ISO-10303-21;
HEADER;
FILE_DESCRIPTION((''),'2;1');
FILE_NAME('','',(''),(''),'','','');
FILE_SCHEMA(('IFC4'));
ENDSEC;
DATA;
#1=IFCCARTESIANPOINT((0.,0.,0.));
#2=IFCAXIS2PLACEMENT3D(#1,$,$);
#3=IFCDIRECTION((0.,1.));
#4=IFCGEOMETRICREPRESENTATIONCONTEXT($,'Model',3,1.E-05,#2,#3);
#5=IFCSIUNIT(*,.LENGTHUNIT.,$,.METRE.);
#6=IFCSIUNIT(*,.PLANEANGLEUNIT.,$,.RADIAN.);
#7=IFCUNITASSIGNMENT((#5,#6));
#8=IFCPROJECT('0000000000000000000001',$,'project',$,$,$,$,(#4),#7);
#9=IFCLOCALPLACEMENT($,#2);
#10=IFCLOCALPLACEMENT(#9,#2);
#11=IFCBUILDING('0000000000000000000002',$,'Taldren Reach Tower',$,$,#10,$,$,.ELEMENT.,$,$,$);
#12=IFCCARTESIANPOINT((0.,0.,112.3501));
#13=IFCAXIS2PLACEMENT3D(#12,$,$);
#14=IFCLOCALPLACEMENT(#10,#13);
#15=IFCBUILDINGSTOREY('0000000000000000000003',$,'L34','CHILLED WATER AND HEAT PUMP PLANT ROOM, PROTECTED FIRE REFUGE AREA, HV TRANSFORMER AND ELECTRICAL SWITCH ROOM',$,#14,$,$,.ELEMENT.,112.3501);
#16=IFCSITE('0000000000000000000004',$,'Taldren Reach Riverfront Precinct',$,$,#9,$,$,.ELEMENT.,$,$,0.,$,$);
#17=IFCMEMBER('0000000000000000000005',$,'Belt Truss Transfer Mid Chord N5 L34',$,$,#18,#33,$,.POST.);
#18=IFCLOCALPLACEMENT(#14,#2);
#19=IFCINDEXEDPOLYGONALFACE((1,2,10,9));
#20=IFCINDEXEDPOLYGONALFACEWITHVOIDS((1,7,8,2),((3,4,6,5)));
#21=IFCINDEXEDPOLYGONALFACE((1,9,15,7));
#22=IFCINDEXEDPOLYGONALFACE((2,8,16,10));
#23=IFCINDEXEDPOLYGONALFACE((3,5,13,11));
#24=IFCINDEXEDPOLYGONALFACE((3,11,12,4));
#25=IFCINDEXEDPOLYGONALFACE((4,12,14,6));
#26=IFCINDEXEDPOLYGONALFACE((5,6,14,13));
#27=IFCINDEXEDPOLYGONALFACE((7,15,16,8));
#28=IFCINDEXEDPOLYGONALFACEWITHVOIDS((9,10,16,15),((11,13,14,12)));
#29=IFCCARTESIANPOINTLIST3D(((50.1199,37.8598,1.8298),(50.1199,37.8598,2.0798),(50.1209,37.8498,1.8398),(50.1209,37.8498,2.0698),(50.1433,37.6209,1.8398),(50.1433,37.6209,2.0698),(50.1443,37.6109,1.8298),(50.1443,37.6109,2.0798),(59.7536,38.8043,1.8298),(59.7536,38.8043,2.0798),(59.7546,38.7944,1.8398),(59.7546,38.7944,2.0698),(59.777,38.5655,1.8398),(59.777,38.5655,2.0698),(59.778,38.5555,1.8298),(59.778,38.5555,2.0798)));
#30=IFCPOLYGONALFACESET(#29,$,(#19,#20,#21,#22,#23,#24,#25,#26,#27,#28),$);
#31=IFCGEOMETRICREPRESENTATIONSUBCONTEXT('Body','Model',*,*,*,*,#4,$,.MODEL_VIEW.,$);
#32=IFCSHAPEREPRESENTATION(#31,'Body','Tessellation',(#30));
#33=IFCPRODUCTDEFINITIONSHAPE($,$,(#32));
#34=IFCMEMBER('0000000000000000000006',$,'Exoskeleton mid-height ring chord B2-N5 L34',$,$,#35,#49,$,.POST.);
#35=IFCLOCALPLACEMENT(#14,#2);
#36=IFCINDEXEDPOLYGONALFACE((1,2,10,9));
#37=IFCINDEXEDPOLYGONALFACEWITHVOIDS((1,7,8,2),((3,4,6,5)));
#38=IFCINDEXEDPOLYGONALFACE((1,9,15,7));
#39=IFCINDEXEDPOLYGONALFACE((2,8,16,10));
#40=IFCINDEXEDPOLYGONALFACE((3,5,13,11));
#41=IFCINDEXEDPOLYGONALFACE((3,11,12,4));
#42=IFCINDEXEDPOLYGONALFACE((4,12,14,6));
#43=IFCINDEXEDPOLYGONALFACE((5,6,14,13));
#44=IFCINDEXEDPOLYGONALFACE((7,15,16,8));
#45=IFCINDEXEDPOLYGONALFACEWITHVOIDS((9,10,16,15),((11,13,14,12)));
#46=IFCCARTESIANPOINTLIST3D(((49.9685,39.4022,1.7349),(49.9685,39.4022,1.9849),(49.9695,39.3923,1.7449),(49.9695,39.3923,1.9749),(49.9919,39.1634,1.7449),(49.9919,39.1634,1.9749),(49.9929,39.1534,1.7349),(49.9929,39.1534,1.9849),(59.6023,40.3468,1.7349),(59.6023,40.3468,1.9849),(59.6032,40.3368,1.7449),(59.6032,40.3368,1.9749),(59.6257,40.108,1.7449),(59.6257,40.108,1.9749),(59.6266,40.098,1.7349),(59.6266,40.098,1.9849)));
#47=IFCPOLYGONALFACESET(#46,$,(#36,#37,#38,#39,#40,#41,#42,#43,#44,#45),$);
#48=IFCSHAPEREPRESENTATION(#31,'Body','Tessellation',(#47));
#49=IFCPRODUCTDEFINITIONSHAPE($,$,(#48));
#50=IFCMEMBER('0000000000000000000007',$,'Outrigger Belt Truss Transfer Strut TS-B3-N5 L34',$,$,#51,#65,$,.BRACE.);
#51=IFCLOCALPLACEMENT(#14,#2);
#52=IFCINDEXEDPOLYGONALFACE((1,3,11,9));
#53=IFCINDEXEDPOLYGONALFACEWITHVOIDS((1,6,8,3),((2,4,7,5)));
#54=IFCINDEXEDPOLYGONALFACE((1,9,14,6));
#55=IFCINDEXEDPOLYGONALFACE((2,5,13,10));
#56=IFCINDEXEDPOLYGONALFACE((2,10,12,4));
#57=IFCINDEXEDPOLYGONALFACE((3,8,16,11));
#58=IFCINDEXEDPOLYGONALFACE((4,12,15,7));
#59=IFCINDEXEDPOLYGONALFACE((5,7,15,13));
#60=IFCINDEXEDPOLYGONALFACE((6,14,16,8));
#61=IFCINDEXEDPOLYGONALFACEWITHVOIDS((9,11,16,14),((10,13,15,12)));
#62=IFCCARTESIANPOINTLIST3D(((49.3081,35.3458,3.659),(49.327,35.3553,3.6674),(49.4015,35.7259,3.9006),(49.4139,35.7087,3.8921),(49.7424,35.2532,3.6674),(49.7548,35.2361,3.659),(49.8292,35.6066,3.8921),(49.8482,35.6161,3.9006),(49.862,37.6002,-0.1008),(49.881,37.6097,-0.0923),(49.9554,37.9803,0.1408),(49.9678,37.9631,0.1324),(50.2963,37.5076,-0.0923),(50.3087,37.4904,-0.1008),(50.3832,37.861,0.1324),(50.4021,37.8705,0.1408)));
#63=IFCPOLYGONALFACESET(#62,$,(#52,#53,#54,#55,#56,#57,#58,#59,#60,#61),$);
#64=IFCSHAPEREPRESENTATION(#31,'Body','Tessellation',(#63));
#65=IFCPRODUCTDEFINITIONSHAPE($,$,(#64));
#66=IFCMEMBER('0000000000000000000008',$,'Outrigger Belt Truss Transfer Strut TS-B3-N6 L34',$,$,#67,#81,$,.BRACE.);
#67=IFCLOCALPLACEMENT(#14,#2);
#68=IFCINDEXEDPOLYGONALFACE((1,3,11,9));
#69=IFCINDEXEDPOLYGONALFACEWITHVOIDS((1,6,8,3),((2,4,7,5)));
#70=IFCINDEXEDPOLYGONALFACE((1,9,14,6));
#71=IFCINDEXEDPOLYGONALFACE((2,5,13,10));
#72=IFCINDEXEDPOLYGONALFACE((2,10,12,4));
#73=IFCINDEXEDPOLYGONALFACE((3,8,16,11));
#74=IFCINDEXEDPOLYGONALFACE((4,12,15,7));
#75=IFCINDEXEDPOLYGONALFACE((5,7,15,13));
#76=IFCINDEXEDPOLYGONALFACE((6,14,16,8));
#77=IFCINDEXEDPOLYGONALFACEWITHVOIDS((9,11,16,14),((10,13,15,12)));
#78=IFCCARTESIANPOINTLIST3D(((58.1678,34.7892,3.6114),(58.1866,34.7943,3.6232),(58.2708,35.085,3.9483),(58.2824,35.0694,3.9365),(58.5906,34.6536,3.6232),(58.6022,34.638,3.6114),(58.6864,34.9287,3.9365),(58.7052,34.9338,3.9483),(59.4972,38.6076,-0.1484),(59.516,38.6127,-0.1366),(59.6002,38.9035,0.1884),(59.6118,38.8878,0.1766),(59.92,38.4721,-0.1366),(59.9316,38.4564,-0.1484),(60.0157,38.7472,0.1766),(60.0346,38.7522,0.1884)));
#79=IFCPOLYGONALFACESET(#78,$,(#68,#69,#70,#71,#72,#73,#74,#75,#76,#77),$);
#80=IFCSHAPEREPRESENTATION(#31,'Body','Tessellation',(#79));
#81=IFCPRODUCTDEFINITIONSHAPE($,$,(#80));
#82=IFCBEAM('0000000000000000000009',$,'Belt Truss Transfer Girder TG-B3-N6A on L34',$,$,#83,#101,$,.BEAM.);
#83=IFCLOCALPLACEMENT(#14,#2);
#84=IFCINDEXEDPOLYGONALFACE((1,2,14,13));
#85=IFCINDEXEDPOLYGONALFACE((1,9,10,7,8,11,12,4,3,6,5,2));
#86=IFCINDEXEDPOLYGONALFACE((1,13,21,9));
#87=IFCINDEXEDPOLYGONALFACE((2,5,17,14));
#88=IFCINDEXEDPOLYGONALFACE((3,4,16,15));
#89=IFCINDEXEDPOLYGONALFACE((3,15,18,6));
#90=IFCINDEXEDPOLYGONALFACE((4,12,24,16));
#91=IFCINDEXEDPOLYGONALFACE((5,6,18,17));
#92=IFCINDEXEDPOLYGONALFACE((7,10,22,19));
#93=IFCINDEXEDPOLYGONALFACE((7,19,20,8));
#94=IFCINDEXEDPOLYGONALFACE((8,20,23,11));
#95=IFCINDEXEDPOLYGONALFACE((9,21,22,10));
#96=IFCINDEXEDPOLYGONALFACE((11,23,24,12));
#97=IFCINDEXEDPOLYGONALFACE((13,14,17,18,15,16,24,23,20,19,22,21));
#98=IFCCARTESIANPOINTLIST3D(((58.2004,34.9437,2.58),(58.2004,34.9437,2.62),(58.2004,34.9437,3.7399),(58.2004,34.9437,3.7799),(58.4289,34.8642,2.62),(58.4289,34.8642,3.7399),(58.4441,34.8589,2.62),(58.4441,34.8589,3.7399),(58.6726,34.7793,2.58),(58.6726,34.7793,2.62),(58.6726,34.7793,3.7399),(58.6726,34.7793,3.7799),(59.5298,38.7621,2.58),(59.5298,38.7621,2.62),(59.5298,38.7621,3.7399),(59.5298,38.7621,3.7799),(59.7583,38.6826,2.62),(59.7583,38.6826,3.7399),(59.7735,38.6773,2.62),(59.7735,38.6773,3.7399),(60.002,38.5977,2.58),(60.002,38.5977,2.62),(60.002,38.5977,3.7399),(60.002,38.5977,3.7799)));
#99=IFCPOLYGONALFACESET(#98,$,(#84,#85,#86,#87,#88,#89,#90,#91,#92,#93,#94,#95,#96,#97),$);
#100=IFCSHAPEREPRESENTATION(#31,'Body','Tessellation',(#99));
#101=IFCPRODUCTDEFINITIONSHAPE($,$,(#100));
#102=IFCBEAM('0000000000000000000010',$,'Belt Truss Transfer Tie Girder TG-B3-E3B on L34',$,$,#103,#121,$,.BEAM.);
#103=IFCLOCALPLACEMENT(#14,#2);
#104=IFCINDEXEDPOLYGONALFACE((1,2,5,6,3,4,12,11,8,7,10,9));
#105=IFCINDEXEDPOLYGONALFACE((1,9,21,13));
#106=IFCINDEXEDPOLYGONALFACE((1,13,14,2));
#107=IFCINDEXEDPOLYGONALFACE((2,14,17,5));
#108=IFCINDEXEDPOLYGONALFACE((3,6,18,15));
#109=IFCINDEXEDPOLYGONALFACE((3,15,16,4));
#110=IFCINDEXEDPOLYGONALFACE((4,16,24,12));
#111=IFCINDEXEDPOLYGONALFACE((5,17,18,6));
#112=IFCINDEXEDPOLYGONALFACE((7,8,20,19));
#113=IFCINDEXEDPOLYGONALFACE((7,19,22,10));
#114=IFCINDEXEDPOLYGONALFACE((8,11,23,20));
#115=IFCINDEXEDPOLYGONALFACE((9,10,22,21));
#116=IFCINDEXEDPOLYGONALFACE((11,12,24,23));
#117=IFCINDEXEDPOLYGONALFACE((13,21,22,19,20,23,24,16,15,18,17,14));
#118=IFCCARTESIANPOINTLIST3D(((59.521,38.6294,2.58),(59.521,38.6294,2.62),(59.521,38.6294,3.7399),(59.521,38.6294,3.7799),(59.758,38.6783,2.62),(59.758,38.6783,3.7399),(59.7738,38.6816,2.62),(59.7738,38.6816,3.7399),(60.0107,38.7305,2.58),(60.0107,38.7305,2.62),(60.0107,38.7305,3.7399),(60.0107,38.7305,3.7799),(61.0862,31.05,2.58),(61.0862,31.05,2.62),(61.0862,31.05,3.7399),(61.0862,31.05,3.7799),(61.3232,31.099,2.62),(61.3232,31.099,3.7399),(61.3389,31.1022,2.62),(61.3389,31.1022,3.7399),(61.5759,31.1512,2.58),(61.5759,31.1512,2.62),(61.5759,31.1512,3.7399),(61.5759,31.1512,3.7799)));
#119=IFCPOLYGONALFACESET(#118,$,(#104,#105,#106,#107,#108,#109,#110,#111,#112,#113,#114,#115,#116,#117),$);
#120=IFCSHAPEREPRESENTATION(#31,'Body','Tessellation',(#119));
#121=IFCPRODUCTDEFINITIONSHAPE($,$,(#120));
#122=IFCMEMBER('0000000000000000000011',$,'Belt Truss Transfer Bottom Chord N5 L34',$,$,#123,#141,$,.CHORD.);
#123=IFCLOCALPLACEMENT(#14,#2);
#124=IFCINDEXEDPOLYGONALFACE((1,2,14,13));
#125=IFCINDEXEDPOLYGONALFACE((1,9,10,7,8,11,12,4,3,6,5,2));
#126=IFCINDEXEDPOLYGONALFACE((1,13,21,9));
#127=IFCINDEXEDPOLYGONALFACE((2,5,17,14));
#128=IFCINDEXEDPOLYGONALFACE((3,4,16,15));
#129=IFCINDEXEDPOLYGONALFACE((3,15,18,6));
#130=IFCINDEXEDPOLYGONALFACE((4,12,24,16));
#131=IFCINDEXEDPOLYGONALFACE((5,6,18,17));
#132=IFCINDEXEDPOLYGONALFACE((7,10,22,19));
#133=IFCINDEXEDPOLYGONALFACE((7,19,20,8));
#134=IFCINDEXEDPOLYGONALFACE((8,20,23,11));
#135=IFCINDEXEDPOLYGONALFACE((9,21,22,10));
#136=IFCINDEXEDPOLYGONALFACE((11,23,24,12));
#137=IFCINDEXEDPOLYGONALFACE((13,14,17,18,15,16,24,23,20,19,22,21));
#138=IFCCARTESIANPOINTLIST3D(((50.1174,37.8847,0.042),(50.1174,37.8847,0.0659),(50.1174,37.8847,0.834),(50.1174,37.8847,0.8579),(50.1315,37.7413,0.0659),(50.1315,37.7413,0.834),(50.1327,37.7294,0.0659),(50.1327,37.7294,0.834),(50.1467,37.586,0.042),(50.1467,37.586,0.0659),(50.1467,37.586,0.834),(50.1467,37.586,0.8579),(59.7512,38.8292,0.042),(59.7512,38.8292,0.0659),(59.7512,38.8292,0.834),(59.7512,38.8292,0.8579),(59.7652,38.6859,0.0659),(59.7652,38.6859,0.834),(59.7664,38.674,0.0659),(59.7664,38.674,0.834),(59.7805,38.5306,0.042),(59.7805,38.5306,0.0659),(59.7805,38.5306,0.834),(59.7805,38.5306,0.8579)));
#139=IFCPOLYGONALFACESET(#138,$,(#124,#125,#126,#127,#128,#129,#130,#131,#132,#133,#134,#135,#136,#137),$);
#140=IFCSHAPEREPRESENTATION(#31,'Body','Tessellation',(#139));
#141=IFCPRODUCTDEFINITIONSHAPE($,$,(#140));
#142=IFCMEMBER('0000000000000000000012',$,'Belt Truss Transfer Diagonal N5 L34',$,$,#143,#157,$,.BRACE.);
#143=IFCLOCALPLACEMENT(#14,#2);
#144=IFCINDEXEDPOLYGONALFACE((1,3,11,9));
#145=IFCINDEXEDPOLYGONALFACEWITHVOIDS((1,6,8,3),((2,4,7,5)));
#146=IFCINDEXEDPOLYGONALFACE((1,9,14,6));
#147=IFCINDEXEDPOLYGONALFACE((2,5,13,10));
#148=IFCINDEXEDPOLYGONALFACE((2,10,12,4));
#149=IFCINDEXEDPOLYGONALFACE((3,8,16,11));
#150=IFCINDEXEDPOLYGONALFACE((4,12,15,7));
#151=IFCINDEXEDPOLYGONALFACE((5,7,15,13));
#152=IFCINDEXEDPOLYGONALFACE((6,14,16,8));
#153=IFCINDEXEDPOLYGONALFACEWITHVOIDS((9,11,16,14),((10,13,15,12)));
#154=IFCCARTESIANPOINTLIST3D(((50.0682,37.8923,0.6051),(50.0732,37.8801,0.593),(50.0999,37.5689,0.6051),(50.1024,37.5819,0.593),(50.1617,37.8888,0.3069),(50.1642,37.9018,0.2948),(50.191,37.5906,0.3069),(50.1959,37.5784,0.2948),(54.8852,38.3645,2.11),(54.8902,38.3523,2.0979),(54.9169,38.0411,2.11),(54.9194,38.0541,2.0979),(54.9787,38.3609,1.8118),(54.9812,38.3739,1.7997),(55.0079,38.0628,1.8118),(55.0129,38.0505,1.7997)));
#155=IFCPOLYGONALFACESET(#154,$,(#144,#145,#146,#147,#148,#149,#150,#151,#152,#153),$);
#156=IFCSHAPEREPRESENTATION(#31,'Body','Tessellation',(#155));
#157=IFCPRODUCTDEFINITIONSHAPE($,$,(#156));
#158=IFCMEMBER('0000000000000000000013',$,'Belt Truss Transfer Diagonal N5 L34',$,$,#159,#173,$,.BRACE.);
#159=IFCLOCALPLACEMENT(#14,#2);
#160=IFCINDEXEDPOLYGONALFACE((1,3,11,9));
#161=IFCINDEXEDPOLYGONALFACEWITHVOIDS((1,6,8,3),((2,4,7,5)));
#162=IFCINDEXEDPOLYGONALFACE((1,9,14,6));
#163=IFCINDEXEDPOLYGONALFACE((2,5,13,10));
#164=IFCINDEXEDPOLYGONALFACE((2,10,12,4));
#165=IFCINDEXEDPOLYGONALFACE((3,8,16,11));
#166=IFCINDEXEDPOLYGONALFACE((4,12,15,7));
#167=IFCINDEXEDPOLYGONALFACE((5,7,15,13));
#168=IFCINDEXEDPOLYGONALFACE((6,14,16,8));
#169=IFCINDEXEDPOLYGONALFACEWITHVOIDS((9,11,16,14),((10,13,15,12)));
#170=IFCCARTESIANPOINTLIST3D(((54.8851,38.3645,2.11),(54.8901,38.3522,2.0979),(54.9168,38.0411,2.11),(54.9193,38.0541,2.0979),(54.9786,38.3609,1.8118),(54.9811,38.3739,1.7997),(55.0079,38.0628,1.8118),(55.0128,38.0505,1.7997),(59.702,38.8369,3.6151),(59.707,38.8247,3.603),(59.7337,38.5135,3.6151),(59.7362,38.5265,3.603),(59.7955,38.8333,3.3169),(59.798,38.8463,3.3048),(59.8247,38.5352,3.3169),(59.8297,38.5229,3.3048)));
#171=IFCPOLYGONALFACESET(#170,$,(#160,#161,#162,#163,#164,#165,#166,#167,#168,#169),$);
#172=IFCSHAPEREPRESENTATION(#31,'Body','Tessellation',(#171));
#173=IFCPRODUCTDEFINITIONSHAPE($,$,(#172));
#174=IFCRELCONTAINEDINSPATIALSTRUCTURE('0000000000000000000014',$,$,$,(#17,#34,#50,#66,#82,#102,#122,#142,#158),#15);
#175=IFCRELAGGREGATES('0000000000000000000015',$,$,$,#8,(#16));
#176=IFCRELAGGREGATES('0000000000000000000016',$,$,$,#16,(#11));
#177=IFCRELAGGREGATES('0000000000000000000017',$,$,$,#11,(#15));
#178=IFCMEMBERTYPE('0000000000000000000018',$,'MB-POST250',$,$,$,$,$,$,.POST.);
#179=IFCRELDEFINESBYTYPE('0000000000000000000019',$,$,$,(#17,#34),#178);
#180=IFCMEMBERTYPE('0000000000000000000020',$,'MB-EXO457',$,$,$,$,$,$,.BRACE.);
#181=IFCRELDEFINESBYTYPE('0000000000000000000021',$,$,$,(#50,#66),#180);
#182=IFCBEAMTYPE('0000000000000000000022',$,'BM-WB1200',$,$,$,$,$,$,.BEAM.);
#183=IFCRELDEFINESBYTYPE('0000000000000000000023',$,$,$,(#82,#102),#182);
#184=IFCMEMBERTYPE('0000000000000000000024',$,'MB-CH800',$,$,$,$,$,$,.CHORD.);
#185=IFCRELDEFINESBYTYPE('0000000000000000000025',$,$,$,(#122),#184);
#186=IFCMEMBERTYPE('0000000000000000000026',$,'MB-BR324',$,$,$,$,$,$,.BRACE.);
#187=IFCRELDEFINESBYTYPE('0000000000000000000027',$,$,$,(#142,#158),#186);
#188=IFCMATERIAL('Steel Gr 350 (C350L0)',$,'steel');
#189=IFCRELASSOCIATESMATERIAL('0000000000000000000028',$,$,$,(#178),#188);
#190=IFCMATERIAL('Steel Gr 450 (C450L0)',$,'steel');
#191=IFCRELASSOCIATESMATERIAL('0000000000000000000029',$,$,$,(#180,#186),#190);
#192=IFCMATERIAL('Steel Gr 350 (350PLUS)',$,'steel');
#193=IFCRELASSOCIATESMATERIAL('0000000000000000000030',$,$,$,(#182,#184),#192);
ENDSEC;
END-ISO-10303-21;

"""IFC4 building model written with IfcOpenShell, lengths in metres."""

from ifc_helpers import new_model, si_unit, direction, frame, origin, origin_2d, place, context, subcontext, project, spatial, hollow_rectangle, i_section, extrude, source, transform, mapped, material, material_profile, profile_set, type_object, element, save


model = new_model("IFC4")

# Units and contexts
model_context = context("Model", 3, precision=1e-05, world=origin(), true_north=direction((0.0, 1.0)))
body_context = subcontext(model_context, "Body", "Model", "MODEL_VIEW")
ifc_project = project(units=[si_unit("LENGTHUNIT", "METRE"), si_unit("PLANEANGLEUNIT", "RADIAN")], contexts=[model_context])

# Site, building, storey
site_placement = place(None, origin())
site = spatial("IfcSite", under=ifc_project, at=site_placement, Name="Taldren Reach Riverfront Precinct", CompositionType="ELEMENT", RefElevation=0.0)
building_placement = place(site_placement, origin())
building = spatial("IfcBuilding", under=site, at=building_placement, Name="Taldren Reach Tower", CompositionType="ELEMENT")
storey_placement = place(building_placement, frame((0.0, 0.0, 112.3501)))
storey = spatial("IfcBuildingStorey", under=building, at=storey_placement, Name="L34", Description="CHILLED WATER AND HEAT PUMP PLANT ROOM, PROTECTED FIRE REFUGE AREA, HV TRANSFORMER AND ELECTRICAL SWITCH ROOM", CompositionType="ELEMENT", Elevation=112.3501)

# Shared definitions
ifc_material_1 = material(Name="Steel Gr 350 (350PLUS)", Category="steel")

# Shared definitions
ifc_material_2 = material(Name="Steel Gr 450 (C450L0)", Category="steel")
ifc_material_3 = material(Name="Steel Gr 350 (C350L0)", Category="steel")
ifc_material_profile_1 = material_profile(ifc_material_3, hollow_rectangle(XDim=0.25, YDim=0.25, WallThickness=0.01, at=origin_2d()), Name="250x250x10.0SHS")
ifc_profile_set_1 = profile_set([ifc_material_profile_1], Name="Steel Gr 350 (C350L0)")
member_type_1 = type_object("IfcMemberType", Name="MB-POST250", PredefinedType="POST", material=ifc_profile_set_1)

# Members
shared_shape_1 = source(origin(), body_context, "Body", "SweptSolid", [
    extrude(hollow_rectangle(XDim=0.25, YDim=0.25, WallThickness=0.01, at=origin_2d()), origin(), (0.0, 0.0, 1.0), 9.6799),
])
for number, where, z_axis, x_axis, name in (
    (1, (50.1321, 37.7354, 1.9548), (0.995228, 0.097581, 0.0), (-0.097581, 0.995228, 0.0), "Belt Truss Transfer Mid Chord N5 L34"),
    (2, (49.9807, 39.2778, 1.8599), (0.995228, 0.097581, 0.0), (-0.097581, 0.995228, 0.0), "Exoskeleton mid-height ring chord B2-N5 L34"),
):
    element("IfcMember", number, at=place(storey_placement, frame(where, z_axis=z_axis, x_axis=x_axis)), inside=storey, type_object=member_type_1, Name=name, PredefinedType="POST", context=body_context, shape_type="MappedRepresentation", body=[
        mapped(shared_shape_1, transform((0.0, 0.0, 0.0), scale=1.0)),
    ])
ifc_material_profile_2 = material_profile(ifc_material_2, hollow_rectangle(XDim=0.46, YDim=0.46, WallThickness=0.0161, at=origin_2d()), Name="460x460x16.0SHS")
ifc_profile_set_2 = profile_set([ifc_material_profile_2], Name="Steel Gr 450 (C450L0)")
member_type_2 = type_object("IfcMemberType", Name="MB-EXO457", PredefinedType="BRACE", material=ifc_profile_set_2)
shared_shape_2 = source(origin(), body_context, "Body", "SweptSolid", [
    extrude(hollow_rectangle(XDim=0.46, YDim=0.46, WallThickness=0.0161, at=origin_2d()), origin(), (0.0, 0.0, 1.0), 4.4187),
])
member_1_placement = place(storey_placement, frame((50.1321, 37.7354, 0.02), z_axis=(-0.125366, -0.510193, 0.850874), x_axis=(0.971112, -0.238624, 0.0)))
element("IfcMember", 3, at=member_1_placement, inside=storey, type_object=member_type_2, Name="Outrigger Belt Truss Transfer Strut TS-B3-N5 L34", PredefinedType="BRACE", context=body_context, shape_type="MappedRepresentation", body=[
    mapped(shared_shape_2, transform((0.0, 0.0, 0.0), scale=1.0)),
])
shared_shape_3 = source(origin(), body_context, "Body", "SweptSolid", [
    extrude(hollow_rectangle(XDim=0.46, YDim=0.46, WallThickness=0.0161, at=origin_2d()), origin(), (0.0, 0.0, 1.0), 5.5212),
])
member_2_placement = place(storey_placement, frame((59.7659, 38.6799, 0.02), z_axis=(-0.240774, -0.69159, 0.680978), x_axis=(0.944403, -0.32879, 0.0)))
element("IfcMember", 4, at=member_2_placement, inside=storey, type_object=member_type_2, Name="Outrigger Belt Truss Transfer Strut TS-B3-N6 L34", PredefinedType="BRACE", context=body_context, shape_type="MappedRepresentation", body=[
    mapped(shared_shape_3, transform((0.0, 0.0, 0.0), scale=1.0)),
])

# Beams
ifc_material_profile_3 = material_profile(ifc_material_1, i_section(OverallWidth=0.5, OverallDepth=1.2, WebThickness=0.0161, FlangeThickness=0.04, at=origin_2d()), Name="1200WB455")
ifc_profile_set_3 = profile_set([ifc_material_profile_3], Name="Steel Gr 350 (350PLUS)")
beam_type_1 = type_object("IfcBeamType", Name="BM-WB1200", PredefinedType="BEAM", material=ifc_profile_set_3)
shared_shape_4 = source(origin(), body_context, "Body", "SweptSolid", [
    extrude(i_section(OverallWidth=0.5, OverallDepth=1.2, WebThickness=0.0161, FlangeThickness=0.04, at=origin_2d()), origin(), (0.0, 0.0, 1.0), 4.0432),
])
beam_1_placement = place(storey_placement, frame((59.7659, 38.6799, 3.1799), z_axis=(-0.32879, -0.944403, 0.0), x_axis=(0.944403, -0.32879, 0.0)))
element("IfcBeam", 5, at=beam_1_placement, inside=storey, type_object=beam_type_1, Name="Belt Truss Transfer Girder TG-B3-N6A on L34", PredefinedType="BEAM", context=body_context, shape_type="MappedRepresentation", body=[
    mapped(shared_shape_4, transform((0.0, 0.0, 0.0), scale=1.0)),
])
shared_shape_5 = source(origin(), body_context, "Body", "SweptSolid", [
    extrude(i_section(OverallWidth=0.5, OverallDepth=1.2, WebThickness=0.0161, FlangeThickness=0.04, at=origin_2d()), origin(), (0.0, 0.0, 1.0), 7.7393),
])
beam_2_placement = place(storey_placement, frame((59.7659, 38.6799, 3.1799), z_axis=(0.202239, -0.979336, 0.0), x_axis=(0.979336, 0.202239, 0.0)))
element("IfcBeam", 6, at=beam_2_placement, inside=storey, type_object=beam_type_1, Name="Belt Truss Transfer Tie Girder TG-B3-E3B on L34", PredefinedType="BEAM", context=body_context, shape_type="MappedRepresentation", body=[
    mapped(shared_shape_5, transform((0.0, 0.0, 0.0), scale=1.0)),
])

# Members
ifc_material_profile_4 = material_profile(ifc_material_1, i_section(OverallWidth=0.3, OverallDepth=0.8159, WebThickness=0.012, FlangeThickness=0.0239, at=origin_2d()), Name="800WB192")
ifc_profile_set_4 = profile_set([ifc_material_profile_4], Name="Steel Gr 350 (350PLUS)")
member_type_3 = type_object("IfcMemberType", Name="MB-CH800", PredefinedType="CHORD", material=ifc_profile_set_4)
shared_shape_6 = source(origin(), body_context, "Body", "SweptSolid", [
    extrude(i_section(OverallWidth=0.3, OverallDepth=0.8159, WebThickness=0.012, FlangeThickness=0.0239, at=origin_2d()), origin(), (0.0, 0.0, 1.0), 9.6799),
])
member_3_placement = place(storey_placement, frame((50.1321, 37.7354, 0.45), z_axis=(0.995228, 0.097581, 0.0), x_axis=(-0.097581, 0.995228, 0.0)))
element("IfcMember", 7, at=member_3_placement, inside=storey, type_object=member_type_3, Name="Belt Truss Transfer Bottom Chord N5 L34", PredefinedType="CHORD", context=body_context, shape_type="MappedRepresentation", body=[
    mapped(shared_shape_6, transform((0.0, 0.0, 0.0), scale=1.0)),
])
ifc_material_profile_5 = material_profile(ifc_material_2, hollow_rectangle(XDim=0.325, YDim=0.325, WallThickness=0.0127, at=origin_2d()), Name="325x325x12.7SHS")
ifc_profile_set_5 = profile_set([ifc_material_profile_5], Name="Steel Gr 450 (C450L0)")
member_type_4 = type_object("IfcMemberType", Name="MB-BR324", PredefinedType="BRACE", material=ifc_profile_set_5)
shared_shape_7 = source(origin(), body_context, "Body", "SweptSolid", [
    extrude(hollow_rectangle(XDim=0.325, YDim=0.325, WallThickness=0.0127, at=origin_2d()), origin(), (0.0, 0.0, 1.0), 5.0686),
])
for number, where, z_axis, x_axis, name in (
    (8, (50.1321, 37.7354, 0.45), (0.950352, 0.093157, 0.296907), (-0.097556, 0.99523, 0.0), "Belt Truss Transfer Diagonal N5 L34"),
    (9, (54.949, 38.2075, 1.9548), (0.950334, 0.093203, 0.296949), (-0.097606, 0.995225, 0.0), "Belt Truss Transfer Diagonal N5 L34"),
):
    element("IfcMember", number, at=place(storey_placement, frame(where, z_axis=z_axis, x_axis=x_axis)), inside=storey, type_object=member_type_4, Name=name, PredefinedType="BRACE", context=body_context, shape_type="MappedRepresentation", body=[
        mapped(shared_shape_7, transform((0.0, 0.0, 0.0), scale=1.0)),
    ])

save(model, "model.ifc")
